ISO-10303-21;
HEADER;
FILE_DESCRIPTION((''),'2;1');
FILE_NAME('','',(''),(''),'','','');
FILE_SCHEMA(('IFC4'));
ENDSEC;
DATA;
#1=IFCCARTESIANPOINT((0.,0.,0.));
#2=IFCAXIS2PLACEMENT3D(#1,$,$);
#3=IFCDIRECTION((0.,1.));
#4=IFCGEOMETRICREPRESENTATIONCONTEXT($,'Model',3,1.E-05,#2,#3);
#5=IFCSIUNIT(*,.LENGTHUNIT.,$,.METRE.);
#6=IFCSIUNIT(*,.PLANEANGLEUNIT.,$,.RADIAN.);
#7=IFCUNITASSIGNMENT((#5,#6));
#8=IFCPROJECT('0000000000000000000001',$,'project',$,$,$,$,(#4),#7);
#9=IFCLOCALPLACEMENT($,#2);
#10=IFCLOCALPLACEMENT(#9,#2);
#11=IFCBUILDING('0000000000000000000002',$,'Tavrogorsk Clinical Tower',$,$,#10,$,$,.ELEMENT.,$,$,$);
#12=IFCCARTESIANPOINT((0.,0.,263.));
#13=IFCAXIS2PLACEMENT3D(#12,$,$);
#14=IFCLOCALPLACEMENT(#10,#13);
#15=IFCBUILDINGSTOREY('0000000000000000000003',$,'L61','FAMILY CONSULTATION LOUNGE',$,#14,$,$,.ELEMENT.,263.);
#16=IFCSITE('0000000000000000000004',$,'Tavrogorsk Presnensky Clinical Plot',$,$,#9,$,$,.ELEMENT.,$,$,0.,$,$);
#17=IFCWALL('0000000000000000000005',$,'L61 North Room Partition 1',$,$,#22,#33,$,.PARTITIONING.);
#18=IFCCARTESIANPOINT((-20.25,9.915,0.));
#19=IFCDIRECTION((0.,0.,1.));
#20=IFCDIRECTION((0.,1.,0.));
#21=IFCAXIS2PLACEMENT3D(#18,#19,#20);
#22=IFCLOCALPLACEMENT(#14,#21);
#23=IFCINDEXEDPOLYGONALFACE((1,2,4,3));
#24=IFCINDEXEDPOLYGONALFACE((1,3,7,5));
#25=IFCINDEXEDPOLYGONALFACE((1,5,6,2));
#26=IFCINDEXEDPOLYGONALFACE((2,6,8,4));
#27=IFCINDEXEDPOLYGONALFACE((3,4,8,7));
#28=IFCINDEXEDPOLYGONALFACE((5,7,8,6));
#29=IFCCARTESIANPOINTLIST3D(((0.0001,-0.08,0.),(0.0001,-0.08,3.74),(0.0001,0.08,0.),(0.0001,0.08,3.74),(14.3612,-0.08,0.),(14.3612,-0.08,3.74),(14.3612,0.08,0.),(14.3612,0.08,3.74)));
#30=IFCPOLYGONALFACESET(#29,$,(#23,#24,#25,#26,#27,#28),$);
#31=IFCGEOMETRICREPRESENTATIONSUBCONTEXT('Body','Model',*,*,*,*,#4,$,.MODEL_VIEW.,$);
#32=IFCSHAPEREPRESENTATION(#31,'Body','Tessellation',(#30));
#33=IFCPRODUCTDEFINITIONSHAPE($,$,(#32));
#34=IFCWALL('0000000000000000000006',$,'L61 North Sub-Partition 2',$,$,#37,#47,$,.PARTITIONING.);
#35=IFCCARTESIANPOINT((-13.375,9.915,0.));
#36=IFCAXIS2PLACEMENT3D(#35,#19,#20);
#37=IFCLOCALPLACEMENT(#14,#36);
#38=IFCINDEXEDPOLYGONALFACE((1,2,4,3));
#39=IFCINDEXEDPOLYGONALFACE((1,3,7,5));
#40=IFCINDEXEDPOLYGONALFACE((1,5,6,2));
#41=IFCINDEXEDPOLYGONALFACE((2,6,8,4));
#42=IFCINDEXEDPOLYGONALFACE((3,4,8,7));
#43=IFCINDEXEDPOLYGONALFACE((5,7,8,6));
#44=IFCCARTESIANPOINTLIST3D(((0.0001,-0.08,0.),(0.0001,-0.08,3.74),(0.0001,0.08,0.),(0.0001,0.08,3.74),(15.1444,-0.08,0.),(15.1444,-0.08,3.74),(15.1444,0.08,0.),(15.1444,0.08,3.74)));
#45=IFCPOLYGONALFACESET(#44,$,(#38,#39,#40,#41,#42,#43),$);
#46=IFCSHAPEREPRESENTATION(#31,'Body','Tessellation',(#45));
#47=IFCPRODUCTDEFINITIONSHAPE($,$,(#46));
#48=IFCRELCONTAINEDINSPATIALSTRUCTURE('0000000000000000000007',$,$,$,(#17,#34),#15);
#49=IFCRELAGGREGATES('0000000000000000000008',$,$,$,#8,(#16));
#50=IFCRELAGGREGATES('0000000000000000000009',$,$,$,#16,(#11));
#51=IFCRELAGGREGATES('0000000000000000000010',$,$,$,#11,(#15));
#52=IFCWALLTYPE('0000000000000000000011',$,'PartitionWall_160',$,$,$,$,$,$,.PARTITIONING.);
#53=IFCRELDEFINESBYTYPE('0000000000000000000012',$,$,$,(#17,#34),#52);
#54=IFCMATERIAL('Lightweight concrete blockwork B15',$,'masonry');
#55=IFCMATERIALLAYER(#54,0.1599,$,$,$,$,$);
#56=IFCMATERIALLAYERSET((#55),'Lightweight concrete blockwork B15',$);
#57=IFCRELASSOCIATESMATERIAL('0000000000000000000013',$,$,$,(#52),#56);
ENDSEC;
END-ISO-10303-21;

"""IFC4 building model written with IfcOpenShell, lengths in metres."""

from ifc_helpers import new_model, si_unit, direction, frame, frame_2d, origin, place, context, subcontext, project, spatial, rectangle, extrude, material, layer, layer_set, type_object, element, save


model = new_model("IFC4")

# Units and contexts
model_context = context("Model", 3, precision=1e-05, world=origin(), true_north=direction((0.0, 1.0)))
body_context = subcontext(model_context, "Body", "Model", "MODEL_VIEW")
ifc_project = project(units=[si_unit("LENGTHUNIT", "METRE"), si_unit("PLANEANGLEUNIT", "RADIAN")], contexts=[model_context])

# Site, building, storey
site_placement = place(None, origin())
site = spatial("IfcSite", under=ifc_project, at=site_placement, Name="Tavrogorsk Presnensky Clinical Plot", CompositionType="ELEMENT", RefElevation=0.0)
building_placement = place(site_placement, origin())
building = spatial("IfcBuilding", under=site, at=building_placement, Name="Tavrogorsk Clinical Tower", CompositionType="ELEMENT")
storey_placement = place(building_placement, frame((0.0, 0.0, 263.0)))
storey = spatial("IfcBuildingStorey", under=building, at=storey_placement, Name="L61", Description="FAMILY CONSULTATION LOUNGE", CompositionType="ELEMENT", Elevation=263.0)

# Walls
ifc_material_1 = material(Name="Lightweight concrete blockwork B15", Category="masonry")
ifc_layer_1 = layer(ifc_material_1, 0.1599)
ifc_layer_set_1 = layer_set([ifc_layer_1], Name="Lightweight concrete blockwork B15")
wall_type_1 = type_object("IfcWallType", Name="PartitionWall_160", PredefinedType="PARTITIONING", material=ifc_layer_set_1)
wall_1_placement = place(storey_placement, frame((-20.25, 9.915, 0.0), z_axis=(0.0, 0.0, 1.0), x_axis=(0.0, 1.0, 0.0)))
element("IfcWall", 1, at=wall_1_placement, inside=storey, type_object=wall_type_1, Name="L61 North Room Partition 1", PredefinedType="PARTITIONING", context=body_context, shape_type="SweptSolid", body=[
    extrude(rectangle(XDim=14.3611, YDim=0.1599, at=frame_2d((7.1807, 0.0))), origin(), (0.0, 0.0, 1.0), 3.74),
])
wall_2_placement = place(storey_placement, frame((-13.375, 9.915, 0.0), z_axis=(0.0, 0.0, 1.0), x_axis=(0.0, 1.0, 0.0)))
element("IfcWall", 2, at=wall_2_placement, inside=storey, type_object=wall_type_1, Name="L61 North Sub-Partition 2", PredefinedType="PARTITIONING", context=body_context, shape_type="SweptSolid", body=[
    extrude(rectangle(XDim=15.1443, YDim=0.1599, at=frame_2d((7.5723, 0.0))), origin(), (0.0, 0.0, 1.0), 3.74),
])

save(model, "model.ifc")
